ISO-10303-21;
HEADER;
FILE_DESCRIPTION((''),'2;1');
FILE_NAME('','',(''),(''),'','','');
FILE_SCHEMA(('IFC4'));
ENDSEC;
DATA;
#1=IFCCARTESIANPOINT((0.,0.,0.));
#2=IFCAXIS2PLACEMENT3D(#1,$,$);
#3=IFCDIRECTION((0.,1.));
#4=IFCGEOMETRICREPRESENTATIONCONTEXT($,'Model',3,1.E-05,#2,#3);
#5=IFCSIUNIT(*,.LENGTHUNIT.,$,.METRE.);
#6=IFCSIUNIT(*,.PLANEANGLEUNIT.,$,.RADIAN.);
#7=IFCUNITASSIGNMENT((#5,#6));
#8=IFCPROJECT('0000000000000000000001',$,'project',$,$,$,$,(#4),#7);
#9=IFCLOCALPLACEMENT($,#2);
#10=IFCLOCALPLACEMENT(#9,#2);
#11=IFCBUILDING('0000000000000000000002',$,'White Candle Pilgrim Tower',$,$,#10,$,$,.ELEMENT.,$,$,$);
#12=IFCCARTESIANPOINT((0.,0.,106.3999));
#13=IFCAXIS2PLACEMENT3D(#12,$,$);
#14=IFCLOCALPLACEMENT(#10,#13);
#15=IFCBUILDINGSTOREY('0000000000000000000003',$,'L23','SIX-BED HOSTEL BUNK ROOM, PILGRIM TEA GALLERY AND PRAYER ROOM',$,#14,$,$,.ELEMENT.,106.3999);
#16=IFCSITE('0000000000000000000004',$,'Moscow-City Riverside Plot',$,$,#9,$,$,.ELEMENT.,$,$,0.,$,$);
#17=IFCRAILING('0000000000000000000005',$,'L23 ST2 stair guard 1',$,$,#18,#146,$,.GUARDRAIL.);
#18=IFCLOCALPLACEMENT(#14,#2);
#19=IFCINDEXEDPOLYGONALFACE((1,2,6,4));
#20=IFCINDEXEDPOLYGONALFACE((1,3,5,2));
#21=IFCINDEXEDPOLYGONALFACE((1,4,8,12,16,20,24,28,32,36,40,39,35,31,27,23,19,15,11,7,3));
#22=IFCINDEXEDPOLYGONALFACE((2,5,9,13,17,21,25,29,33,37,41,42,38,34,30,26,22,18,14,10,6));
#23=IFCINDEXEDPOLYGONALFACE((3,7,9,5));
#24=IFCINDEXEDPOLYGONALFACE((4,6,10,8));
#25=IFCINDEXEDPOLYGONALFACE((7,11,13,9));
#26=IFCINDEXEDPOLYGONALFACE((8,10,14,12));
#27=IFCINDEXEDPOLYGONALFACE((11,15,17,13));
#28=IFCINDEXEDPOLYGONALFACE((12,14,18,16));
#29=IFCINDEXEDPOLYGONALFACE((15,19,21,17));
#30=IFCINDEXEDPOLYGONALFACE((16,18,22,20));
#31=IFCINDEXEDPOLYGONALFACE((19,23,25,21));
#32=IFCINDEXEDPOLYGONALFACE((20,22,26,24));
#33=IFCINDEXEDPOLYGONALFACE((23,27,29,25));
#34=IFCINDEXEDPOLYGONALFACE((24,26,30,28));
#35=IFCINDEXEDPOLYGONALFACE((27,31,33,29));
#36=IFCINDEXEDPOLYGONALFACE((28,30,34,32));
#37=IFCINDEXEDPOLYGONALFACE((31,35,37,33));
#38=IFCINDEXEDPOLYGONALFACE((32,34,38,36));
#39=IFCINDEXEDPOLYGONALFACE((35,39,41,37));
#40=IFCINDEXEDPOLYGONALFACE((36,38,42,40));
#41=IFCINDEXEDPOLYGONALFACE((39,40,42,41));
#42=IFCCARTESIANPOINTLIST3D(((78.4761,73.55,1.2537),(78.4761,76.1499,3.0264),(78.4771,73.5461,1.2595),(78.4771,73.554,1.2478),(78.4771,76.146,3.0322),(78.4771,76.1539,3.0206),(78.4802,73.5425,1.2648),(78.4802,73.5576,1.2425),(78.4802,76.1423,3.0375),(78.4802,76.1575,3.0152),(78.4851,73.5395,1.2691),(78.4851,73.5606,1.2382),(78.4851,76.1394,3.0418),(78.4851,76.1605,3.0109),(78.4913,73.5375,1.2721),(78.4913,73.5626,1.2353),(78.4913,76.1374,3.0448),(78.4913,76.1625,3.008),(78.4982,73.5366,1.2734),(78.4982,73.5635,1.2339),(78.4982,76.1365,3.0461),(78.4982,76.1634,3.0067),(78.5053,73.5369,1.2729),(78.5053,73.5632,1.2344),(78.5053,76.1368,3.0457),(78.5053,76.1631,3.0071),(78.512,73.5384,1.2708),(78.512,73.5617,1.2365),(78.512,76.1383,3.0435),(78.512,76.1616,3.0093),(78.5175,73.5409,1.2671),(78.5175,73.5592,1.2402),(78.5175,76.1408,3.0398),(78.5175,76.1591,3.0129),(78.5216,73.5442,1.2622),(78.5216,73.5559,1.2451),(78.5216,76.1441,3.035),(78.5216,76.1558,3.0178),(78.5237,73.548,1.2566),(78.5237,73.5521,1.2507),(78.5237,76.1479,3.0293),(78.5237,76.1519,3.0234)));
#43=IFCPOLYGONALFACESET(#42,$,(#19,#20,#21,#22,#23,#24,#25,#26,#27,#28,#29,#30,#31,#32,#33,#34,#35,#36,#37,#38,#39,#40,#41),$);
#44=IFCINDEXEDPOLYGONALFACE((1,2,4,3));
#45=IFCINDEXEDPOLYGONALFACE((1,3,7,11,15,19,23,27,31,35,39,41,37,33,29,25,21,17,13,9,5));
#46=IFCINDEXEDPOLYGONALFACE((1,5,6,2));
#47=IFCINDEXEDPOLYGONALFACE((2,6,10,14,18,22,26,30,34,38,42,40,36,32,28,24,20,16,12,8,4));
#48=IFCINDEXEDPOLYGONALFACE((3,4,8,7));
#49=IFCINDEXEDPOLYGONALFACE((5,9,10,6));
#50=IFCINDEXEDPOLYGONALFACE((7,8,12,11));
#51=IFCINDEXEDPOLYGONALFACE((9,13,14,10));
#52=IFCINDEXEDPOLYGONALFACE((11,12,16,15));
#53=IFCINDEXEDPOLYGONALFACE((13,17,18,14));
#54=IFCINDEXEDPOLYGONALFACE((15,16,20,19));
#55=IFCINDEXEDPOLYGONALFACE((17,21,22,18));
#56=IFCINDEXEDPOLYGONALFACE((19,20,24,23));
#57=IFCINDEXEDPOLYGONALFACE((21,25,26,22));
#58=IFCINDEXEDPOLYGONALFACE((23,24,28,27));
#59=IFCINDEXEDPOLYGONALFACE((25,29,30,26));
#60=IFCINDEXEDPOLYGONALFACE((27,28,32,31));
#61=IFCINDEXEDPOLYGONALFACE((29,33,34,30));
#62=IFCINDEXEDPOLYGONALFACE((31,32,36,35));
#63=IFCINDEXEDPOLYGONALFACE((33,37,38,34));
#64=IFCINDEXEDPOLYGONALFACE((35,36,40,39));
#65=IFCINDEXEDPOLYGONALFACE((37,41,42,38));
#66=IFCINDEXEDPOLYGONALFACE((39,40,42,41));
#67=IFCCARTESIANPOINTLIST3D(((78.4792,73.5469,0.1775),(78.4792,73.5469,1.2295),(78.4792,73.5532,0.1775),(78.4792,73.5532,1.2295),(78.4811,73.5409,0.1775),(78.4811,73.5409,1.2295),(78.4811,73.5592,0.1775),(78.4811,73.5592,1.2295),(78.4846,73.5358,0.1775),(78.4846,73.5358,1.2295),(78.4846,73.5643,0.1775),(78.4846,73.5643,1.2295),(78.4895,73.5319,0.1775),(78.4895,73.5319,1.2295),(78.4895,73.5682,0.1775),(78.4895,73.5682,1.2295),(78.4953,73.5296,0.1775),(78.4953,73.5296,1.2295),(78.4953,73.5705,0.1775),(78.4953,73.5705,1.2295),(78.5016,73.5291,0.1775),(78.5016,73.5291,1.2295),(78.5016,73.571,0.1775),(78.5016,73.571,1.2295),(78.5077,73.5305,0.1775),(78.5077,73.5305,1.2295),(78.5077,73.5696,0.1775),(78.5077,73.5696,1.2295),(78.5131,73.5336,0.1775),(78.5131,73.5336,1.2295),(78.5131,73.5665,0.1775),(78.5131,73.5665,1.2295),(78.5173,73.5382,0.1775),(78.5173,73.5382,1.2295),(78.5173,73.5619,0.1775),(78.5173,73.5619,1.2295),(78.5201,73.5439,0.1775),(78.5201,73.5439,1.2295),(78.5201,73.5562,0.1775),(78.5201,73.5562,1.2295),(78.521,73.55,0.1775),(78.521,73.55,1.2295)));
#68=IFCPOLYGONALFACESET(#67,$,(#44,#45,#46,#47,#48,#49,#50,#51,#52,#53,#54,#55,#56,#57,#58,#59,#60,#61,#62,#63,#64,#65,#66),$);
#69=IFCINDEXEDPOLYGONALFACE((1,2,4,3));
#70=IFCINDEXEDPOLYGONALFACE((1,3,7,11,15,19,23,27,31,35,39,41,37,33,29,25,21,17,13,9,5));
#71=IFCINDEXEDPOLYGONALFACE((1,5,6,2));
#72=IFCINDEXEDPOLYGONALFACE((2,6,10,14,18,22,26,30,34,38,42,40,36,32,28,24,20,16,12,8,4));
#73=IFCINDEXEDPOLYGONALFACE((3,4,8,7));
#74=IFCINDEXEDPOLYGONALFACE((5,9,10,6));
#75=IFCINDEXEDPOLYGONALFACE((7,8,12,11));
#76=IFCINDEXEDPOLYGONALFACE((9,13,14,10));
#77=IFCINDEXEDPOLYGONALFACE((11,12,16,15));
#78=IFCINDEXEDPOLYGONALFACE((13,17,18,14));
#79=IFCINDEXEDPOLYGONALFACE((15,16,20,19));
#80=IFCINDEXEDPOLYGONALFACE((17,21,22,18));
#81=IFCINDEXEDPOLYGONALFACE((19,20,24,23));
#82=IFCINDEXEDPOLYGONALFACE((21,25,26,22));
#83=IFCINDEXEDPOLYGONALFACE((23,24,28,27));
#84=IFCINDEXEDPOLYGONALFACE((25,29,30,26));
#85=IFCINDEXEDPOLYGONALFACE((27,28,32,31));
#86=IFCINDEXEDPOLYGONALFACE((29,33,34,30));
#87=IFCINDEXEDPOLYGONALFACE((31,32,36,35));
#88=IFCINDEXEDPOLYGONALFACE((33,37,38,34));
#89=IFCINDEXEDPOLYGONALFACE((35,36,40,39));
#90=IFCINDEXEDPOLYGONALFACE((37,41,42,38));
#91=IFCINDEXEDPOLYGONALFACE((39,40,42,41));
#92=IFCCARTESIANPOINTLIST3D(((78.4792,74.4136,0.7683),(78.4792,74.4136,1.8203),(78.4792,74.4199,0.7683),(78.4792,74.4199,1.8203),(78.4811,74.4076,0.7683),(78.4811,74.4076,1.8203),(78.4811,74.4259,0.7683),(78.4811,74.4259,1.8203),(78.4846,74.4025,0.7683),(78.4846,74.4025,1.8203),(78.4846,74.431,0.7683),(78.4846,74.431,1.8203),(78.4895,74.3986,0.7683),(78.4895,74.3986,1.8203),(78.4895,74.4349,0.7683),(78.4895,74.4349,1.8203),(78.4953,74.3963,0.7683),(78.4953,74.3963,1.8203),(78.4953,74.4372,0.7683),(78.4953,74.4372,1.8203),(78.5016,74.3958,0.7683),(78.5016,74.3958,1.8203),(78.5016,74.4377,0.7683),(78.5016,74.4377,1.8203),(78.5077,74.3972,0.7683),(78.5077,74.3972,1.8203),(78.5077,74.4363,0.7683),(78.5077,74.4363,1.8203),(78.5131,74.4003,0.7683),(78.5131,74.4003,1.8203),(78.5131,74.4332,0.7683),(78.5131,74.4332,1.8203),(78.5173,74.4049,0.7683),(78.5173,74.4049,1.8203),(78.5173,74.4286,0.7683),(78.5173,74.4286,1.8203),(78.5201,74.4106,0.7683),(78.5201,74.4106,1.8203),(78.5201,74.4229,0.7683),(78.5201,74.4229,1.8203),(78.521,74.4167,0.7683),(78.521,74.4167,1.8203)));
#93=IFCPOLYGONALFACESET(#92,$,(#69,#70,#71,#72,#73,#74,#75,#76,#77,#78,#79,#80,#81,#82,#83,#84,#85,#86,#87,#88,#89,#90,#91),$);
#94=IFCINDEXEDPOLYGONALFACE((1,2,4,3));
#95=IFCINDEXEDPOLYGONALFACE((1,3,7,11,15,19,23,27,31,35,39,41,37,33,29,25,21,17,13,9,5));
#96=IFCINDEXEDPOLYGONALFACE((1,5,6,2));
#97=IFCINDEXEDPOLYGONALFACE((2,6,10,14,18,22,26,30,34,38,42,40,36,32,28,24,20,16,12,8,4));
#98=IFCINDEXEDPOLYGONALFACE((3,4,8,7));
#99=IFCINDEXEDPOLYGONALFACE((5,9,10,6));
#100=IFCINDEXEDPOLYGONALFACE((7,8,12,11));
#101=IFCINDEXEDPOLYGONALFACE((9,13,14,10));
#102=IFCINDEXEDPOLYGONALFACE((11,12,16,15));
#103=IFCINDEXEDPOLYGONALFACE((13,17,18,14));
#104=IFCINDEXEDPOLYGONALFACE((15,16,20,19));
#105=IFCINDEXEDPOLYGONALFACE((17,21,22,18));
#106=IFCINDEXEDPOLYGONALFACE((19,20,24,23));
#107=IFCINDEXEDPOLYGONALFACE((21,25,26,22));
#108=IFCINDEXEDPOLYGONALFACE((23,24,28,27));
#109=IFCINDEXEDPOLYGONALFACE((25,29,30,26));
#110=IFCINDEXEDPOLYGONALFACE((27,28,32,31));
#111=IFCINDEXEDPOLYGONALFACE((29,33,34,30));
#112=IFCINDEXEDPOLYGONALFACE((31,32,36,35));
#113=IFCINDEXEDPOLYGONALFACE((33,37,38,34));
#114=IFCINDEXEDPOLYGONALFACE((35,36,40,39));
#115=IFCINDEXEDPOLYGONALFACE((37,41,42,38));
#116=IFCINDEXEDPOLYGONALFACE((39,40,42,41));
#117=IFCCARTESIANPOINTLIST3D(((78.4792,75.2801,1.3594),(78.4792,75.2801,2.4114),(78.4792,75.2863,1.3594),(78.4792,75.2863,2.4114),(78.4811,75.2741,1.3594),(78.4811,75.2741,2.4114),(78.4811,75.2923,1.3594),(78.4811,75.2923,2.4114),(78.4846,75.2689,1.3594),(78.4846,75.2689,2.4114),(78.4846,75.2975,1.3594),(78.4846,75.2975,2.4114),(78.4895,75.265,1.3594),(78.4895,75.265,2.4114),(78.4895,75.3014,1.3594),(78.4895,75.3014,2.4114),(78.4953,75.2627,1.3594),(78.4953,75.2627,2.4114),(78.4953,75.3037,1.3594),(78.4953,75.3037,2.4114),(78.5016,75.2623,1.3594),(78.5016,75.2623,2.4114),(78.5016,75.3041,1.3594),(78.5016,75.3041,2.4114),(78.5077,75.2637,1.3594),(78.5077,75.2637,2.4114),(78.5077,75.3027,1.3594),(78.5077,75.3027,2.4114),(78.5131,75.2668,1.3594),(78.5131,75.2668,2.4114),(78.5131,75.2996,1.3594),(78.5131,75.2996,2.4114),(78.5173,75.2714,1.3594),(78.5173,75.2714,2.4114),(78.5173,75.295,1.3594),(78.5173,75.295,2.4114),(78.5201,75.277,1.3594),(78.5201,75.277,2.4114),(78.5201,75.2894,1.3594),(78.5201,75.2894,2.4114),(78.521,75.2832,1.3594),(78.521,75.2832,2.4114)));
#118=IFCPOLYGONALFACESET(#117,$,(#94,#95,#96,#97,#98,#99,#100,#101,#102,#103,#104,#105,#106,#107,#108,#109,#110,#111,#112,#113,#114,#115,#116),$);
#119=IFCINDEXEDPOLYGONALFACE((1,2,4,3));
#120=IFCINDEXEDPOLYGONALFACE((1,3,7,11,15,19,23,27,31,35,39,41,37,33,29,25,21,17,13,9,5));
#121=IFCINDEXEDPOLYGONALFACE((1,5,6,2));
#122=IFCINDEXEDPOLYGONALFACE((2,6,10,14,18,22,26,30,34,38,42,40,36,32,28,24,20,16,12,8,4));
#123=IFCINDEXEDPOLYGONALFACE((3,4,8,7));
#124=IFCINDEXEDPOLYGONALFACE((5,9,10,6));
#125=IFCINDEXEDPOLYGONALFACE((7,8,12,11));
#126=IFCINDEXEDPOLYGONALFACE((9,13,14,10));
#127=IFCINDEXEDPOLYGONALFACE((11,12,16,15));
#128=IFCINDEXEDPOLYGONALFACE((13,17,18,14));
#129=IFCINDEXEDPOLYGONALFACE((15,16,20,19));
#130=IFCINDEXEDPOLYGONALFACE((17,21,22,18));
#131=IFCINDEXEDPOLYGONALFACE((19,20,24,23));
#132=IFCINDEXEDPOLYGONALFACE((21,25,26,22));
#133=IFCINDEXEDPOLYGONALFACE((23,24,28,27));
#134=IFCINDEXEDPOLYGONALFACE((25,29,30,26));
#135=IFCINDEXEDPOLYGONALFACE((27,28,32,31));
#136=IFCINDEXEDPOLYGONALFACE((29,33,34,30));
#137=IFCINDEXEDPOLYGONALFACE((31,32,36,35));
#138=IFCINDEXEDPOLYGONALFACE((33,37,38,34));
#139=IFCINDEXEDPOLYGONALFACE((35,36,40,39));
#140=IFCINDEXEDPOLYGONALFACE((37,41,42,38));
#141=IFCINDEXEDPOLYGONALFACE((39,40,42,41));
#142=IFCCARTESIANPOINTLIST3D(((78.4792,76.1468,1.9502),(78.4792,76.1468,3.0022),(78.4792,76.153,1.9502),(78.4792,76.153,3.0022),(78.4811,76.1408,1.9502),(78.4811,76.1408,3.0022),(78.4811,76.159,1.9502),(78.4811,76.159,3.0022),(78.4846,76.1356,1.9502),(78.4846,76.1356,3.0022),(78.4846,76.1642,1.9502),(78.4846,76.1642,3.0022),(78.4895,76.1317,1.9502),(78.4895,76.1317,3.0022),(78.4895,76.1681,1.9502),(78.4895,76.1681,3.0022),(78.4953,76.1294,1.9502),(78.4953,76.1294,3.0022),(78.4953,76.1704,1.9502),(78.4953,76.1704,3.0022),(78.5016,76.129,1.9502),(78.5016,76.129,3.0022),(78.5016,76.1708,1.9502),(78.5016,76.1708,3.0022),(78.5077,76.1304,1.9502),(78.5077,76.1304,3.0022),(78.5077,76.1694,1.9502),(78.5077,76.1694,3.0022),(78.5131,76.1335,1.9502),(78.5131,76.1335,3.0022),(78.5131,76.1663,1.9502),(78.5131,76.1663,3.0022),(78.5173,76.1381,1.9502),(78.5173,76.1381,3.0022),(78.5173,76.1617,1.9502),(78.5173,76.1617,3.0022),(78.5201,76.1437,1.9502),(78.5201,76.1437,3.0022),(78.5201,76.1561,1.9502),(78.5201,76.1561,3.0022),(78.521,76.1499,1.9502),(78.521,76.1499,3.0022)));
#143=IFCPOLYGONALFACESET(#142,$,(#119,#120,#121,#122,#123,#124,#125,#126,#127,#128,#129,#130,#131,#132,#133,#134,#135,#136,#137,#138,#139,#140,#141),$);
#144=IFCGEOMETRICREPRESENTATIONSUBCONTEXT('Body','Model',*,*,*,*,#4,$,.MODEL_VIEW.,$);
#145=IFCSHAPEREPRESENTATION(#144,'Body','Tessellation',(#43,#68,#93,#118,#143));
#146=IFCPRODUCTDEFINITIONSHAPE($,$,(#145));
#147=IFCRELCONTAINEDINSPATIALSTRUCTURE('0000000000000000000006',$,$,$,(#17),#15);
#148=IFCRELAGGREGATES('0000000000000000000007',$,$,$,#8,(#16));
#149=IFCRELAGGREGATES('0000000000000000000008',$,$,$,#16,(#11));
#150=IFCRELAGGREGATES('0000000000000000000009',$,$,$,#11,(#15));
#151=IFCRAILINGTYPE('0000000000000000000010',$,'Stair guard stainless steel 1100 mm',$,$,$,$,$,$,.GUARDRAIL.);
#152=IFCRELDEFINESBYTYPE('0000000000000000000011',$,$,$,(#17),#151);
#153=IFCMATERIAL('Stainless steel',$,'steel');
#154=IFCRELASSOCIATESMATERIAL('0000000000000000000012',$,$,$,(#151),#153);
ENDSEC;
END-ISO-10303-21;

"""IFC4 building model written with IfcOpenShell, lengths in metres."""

from ifc_helpers import new_model, si_unit, direction, frame, origin, origin_2d, place, context, subcontext, project, spatial, circle, extrude, material, type_object, element, save


model = new_model("IFC4")

# Units and contexts
model_context = context("Model", 3, precision=1e-05, world=origin(), true_north=direction((0.0, 1.0)))
body_context = subcontext(model_context, "Body", "Model", "MODEL_VIEW")
ifc_project = project(units=[si_unit("LENGTHUNIT", "METRE"), si_unit("PLANEANGLEUNIT", "RADIAN")], contexts=[model_context])

# Site, building, storey
site_placement = place(None, origin())
site = spatial("IfcSite", under=ifc_project, at=site_placement, Name="Moscow-City Riverside Plot", CompositionType="ELEMENT", RefElevation=0.0)
building_placement = place(site_placement, origin())
building = spatial("IfcBuilding", under=site, at=building_placement, Name="White Candle Pilgrim Tower", CompositionType="ELEMENT")
storey_placement = place(building_placement, frame((0.0, 0.0, 106.3999)))
storey = spatial("IfcBuildingStorey", under=building, at=storey_placement, Name="L23", Description="SIX-BED HOSTEL BUNK ROOM, PILGRIM TEA GALLERY AND PRAYER ROOM", CompositionType="ELEMENT", Elevation=106.3999)

# Railing
ifc_material_1 = material(Name="Stainless steel", Category="steel")
railing_type_1 = type_object("IfcRailingType", Name="Stair guard stainless steel 1100 mm", PredefinedType="GUARDRAIL", material=ifc_material_1)
railing_1_placement = place(storey_placement, frame((78.5, 73.55, 0.1775)))
element("IfcRailing", 1, at=railing_1_placement, inside=storey, type_object=railing_type_1, Name="L23 ST2 stair guard 1", PredefinedType="GUARDRAIL", context=body_context, shape_type="SweptSolid", body=[
    extrude(circle(Radius=0.0239, at=origin_2d()), frame((0.0, 0.0, 1.0762), z_axis=(0.0, 0.826216, 0.563354), x_axis=(-1.0, 0.0, 0.0)), (0.0, 0.0, 1.0), 3.1467),
    extrude(circle(Radius=0.021, at=origin_2d()), origin(), (0.0, 0.0, 1.0), 1.052),
    extrude(circle(Radius=0.021, at=origin_2d()), frame((0.0, 0.8667, 0.5908)), (0.0, 0.0, 1.0), 1.052),
    extrude(circle(Radius=0.021, at=origin_2d()), frame((0.0, 1.7332, 1.1819)), (0.0, 0.0, 1.0), 1.052),
    extrude(circle(Radius=0.021, at=origin_2d()), frame((0.0, 2.5999, 1.7727)), (0.0, 0.0, 1.0), 1.052),
])

save(model, "model.ifc")
